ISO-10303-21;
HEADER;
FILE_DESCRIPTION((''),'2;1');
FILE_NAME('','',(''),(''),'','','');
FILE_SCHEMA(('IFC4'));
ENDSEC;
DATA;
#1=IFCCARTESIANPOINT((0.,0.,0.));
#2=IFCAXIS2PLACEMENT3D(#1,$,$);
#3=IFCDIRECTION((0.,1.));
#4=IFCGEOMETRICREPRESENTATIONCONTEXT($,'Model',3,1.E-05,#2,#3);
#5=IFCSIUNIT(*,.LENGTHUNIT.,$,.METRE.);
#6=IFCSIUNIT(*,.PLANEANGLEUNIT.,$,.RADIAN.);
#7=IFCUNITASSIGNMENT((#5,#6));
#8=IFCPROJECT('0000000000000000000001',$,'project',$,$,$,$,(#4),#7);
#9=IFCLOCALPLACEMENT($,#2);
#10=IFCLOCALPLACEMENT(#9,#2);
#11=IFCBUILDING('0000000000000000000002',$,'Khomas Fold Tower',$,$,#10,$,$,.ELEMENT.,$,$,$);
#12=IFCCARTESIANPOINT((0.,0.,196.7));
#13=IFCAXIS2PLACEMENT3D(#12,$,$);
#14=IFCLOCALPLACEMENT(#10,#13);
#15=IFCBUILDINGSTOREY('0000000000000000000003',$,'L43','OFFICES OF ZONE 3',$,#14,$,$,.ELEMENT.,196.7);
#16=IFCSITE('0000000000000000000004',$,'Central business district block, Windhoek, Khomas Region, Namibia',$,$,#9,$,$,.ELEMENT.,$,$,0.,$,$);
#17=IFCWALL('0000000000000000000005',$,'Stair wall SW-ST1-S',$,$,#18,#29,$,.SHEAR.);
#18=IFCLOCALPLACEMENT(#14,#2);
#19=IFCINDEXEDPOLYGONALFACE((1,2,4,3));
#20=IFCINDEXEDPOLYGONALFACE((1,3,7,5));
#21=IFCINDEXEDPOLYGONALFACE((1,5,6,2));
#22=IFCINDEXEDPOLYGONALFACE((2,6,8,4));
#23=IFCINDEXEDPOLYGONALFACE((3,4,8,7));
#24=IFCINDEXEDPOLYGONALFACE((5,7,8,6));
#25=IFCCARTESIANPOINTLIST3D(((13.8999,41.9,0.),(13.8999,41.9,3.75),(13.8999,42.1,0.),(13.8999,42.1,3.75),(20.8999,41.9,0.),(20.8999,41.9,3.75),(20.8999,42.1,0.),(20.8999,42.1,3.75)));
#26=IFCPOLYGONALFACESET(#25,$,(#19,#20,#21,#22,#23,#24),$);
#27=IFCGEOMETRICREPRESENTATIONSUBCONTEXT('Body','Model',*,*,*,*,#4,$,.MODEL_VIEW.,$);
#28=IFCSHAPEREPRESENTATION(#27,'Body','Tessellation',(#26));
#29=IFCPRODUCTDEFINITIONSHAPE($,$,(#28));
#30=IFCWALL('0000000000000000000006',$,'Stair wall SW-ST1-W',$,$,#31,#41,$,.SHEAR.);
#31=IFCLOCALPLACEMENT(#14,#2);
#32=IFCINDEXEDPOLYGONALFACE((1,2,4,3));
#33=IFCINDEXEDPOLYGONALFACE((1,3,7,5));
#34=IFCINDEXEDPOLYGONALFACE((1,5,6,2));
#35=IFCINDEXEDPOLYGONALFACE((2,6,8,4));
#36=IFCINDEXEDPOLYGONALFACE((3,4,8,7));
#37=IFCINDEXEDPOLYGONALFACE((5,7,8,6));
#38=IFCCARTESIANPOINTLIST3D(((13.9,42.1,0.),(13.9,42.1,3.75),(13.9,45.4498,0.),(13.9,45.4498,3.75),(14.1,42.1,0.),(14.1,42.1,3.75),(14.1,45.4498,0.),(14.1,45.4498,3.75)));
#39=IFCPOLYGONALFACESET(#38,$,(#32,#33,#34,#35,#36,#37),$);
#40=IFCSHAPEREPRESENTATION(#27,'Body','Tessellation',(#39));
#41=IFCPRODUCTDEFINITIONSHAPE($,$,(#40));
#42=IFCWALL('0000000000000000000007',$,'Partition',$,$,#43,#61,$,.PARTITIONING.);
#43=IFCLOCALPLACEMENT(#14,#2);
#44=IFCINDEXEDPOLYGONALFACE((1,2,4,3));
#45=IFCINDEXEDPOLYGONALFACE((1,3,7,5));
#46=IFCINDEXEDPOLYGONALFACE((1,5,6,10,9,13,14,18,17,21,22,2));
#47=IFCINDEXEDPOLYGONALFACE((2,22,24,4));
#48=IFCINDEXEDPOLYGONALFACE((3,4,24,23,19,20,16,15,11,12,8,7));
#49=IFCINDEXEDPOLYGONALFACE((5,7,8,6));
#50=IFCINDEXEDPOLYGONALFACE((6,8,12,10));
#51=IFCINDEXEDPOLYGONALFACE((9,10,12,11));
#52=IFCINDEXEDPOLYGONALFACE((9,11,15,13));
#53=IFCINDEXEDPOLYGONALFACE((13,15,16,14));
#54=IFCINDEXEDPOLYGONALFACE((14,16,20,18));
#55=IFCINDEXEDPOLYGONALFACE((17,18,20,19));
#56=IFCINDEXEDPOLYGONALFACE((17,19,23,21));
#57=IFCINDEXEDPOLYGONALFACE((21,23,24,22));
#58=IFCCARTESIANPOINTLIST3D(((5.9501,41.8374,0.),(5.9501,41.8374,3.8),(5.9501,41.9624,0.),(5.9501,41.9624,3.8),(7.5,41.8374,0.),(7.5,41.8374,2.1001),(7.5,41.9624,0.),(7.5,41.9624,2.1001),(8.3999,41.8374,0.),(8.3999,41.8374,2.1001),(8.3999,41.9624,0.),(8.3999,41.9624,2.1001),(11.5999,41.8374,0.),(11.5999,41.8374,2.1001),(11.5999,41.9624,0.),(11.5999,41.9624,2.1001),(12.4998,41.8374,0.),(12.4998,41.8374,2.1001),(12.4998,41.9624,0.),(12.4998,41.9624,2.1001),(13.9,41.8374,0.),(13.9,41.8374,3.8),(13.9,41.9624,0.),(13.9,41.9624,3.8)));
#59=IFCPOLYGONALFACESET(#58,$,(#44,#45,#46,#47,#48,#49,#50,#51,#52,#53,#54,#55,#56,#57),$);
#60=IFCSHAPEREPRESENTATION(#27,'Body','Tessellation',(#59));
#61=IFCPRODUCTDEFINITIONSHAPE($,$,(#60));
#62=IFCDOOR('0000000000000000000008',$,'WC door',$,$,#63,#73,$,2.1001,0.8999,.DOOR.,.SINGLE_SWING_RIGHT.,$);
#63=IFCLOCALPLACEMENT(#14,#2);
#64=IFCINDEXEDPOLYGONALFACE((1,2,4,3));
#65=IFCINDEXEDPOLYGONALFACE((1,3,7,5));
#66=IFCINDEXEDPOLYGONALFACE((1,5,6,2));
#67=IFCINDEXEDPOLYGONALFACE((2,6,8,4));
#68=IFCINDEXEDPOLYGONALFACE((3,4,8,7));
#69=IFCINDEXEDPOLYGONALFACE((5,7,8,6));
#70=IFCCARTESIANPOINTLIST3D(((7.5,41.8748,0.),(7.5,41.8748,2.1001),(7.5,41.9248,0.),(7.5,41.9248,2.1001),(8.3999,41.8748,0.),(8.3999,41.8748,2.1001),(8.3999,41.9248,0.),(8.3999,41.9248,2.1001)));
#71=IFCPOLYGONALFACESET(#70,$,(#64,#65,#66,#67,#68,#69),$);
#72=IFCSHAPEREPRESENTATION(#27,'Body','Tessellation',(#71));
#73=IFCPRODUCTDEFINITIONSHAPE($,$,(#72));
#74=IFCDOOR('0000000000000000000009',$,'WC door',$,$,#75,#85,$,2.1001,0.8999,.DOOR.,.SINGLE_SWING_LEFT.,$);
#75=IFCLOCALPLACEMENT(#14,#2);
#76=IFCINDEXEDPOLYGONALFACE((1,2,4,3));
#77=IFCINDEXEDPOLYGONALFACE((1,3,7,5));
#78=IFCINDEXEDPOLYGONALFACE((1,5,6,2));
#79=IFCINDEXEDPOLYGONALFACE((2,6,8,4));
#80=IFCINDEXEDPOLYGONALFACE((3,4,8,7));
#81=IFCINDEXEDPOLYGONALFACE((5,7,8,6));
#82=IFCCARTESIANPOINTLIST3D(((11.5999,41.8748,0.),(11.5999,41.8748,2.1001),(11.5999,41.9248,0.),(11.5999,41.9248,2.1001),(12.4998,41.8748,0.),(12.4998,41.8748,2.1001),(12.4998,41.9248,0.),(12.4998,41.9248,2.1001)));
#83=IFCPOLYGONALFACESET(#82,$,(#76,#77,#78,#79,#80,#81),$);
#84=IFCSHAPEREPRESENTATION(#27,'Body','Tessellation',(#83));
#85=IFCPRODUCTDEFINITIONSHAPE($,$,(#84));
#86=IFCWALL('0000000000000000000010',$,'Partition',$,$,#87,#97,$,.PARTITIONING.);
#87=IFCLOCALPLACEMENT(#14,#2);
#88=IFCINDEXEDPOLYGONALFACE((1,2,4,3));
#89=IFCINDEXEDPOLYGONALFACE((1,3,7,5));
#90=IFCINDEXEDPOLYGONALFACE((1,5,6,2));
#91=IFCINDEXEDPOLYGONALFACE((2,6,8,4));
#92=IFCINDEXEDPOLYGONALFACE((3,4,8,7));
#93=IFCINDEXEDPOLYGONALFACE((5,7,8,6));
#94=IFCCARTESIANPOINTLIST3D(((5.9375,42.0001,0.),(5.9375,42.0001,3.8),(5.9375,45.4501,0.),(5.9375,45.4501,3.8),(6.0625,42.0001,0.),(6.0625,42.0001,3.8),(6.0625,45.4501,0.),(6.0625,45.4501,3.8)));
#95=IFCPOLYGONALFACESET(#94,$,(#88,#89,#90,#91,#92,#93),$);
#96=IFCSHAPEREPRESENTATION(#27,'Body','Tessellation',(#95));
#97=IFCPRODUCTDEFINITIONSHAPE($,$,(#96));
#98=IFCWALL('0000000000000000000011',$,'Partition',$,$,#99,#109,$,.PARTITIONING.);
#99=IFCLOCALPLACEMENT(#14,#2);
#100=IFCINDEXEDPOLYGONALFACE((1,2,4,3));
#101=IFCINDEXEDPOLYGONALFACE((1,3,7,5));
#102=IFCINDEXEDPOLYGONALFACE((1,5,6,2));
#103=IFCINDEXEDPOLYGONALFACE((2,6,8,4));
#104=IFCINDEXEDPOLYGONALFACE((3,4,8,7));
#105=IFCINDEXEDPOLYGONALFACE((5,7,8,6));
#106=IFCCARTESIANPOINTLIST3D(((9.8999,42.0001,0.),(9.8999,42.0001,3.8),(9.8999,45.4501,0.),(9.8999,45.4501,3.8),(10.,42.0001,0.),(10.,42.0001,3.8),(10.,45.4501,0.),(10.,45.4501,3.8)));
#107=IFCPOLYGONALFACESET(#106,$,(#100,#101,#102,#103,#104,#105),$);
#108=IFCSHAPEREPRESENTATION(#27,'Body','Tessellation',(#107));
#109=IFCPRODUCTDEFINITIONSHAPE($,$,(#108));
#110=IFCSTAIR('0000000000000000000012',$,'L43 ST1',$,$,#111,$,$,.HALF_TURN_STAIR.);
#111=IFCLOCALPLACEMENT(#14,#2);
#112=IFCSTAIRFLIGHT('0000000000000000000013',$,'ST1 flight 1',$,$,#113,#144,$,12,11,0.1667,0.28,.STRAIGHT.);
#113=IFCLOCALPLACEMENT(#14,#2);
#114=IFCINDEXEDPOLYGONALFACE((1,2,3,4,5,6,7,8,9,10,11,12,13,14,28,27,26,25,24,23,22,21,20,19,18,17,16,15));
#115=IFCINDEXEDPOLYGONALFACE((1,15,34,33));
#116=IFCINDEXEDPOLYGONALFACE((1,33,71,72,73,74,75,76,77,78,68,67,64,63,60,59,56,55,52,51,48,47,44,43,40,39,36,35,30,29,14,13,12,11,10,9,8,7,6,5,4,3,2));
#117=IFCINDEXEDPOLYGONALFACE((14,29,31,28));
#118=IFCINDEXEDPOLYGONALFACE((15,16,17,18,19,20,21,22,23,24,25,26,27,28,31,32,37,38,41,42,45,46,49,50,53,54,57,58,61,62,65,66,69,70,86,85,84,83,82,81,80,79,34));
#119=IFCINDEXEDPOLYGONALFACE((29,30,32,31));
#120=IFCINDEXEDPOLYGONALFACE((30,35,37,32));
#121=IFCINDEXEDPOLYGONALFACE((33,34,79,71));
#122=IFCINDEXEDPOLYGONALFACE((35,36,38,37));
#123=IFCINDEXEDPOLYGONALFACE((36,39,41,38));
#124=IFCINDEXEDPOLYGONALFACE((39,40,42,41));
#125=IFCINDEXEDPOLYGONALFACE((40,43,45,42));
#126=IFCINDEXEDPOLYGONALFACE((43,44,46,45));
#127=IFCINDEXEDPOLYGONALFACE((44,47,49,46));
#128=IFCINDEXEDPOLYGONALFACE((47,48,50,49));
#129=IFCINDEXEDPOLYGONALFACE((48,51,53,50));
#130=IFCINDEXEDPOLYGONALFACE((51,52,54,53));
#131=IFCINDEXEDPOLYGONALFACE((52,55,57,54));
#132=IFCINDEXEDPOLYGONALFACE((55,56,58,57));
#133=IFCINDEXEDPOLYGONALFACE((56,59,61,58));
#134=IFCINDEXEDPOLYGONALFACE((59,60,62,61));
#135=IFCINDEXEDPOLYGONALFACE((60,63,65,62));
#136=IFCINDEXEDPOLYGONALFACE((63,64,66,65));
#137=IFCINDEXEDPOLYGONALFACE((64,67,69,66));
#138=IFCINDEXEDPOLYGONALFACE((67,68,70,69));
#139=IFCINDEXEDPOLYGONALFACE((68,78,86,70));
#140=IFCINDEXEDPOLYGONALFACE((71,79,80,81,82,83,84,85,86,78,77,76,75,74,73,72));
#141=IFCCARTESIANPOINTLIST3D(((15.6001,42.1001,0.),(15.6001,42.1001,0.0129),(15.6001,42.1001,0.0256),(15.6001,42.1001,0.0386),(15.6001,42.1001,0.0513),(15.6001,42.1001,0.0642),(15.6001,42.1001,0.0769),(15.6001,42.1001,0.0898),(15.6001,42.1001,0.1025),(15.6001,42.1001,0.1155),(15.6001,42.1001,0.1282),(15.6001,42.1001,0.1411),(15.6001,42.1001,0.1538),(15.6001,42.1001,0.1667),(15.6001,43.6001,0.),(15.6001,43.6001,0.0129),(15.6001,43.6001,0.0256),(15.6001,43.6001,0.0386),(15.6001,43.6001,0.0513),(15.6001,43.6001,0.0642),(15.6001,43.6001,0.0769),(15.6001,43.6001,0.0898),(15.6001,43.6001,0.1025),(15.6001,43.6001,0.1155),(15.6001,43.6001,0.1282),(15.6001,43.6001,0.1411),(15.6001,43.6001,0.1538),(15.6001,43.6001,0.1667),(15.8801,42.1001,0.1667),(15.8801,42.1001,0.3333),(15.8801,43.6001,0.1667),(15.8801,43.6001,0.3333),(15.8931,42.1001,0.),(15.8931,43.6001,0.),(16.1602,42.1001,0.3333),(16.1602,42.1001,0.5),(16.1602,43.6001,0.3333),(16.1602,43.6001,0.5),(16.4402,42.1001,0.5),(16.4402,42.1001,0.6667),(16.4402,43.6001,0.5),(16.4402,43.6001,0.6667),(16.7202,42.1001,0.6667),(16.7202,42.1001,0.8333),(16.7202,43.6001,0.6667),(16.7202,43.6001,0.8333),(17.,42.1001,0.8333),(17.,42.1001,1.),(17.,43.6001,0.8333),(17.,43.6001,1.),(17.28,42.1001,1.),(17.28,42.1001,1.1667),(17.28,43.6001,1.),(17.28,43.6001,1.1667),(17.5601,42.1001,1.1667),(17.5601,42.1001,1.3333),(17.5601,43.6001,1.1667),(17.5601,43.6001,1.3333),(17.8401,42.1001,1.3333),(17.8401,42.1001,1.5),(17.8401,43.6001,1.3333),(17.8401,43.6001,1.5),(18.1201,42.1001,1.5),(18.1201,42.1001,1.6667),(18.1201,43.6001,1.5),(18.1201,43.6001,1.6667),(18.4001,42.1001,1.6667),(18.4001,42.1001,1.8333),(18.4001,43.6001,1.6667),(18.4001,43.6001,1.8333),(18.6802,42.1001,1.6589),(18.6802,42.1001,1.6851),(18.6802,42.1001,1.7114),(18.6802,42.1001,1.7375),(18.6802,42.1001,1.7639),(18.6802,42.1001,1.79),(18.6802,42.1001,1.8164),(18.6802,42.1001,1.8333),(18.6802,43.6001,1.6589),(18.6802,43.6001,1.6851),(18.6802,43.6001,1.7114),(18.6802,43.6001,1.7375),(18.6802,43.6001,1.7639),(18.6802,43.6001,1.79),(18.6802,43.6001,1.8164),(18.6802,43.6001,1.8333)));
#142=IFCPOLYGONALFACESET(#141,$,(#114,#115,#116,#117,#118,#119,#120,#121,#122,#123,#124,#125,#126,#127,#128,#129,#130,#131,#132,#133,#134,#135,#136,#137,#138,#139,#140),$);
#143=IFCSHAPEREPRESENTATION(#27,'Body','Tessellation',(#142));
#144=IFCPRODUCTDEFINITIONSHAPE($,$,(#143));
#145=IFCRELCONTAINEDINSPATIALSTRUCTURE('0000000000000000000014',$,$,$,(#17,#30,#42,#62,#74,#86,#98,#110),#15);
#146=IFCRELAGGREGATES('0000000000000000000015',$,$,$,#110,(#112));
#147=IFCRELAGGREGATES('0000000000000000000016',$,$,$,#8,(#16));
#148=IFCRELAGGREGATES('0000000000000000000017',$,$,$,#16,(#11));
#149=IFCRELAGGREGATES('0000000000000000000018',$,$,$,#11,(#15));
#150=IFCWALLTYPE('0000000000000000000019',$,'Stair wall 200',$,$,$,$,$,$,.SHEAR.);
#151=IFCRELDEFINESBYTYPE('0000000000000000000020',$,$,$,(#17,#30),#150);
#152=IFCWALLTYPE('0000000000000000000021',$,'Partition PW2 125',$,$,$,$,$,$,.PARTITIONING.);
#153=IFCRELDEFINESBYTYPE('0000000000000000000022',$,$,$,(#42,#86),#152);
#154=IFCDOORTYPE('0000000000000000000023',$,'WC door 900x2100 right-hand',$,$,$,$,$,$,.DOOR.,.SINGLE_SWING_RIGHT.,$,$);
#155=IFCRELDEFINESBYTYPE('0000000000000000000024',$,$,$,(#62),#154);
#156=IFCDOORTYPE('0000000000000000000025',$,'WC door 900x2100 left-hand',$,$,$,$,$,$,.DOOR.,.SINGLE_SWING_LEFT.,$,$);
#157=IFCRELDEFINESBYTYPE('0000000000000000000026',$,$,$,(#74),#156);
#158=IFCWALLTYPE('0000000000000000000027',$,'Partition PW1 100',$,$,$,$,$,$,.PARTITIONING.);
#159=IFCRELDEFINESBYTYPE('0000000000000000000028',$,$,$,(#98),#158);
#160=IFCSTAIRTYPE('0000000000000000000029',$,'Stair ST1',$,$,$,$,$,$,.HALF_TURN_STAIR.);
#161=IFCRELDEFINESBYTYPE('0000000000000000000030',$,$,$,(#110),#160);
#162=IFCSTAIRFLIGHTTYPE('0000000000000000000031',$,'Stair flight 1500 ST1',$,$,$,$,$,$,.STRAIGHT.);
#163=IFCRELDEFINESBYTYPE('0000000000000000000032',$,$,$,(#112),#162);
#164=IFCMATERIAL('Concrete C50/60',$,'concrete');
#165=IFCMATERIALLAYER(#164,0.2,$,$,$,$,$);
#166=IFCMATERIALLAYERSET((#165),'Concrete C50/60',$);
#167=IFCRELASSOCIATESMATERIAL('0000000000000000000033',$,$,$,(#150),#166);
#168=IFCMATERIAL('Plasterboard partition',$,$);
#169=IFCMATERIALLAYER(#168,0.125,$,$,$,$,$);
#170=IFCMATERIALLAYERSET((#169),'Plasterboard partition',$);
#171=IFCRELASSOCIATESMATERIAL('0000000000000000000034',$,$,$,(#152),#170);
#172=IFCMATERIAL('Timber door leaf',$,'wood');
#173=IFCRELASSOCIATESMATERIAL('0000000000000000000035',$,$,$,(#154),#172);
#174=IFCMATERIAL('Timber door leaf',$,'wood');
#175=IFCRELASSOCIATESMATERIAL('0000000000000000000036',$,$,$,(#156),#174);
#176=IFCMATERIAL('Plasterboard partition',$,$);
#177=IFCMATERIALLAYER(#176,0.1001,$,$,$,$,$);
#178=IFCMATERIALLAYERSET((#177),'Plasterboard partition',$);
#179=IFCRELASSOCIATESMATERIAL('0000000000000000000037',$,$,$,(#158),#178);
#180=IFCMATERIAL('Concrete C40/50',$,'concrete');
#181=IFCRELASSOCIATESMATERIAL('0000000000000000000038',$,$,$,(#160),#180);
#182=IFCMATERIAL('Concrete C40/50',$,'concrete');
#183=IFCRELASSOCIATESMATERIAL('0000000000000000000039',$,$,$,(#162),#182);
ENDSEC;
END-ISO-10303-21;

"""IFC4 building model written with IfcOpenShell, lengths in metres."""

from ifc_helpers import new_model, si_unit, direction, frame, frame_2d, origin, place, context, subcontext, project, spatial, polyline, rectangle, outline, extrude, source, transform, mapped, material, layer, layer_set, type_object, element, fill, aggregate, save


model = new_model("IFC4")

# Units and contexts
model_context = context("Model", 3, precision=1e-05, world=origin(), true_north=direction((0.0, 1.0)))
body_context = subcontext(model_context, "Body", "Model", "MODEL_VIEW")
ifc_project = project(units=[si_unit("LENGTHUNIT", "METRE"), si_unit("PLANEANGLEUNIT", "RADIAN")], contexts=[model_context])

# Site, building, storey
site_placement = place(None, origin())
site = spatial("IfcSite", under=ifc_project, at=site_placement, Name="Central business district block, Windhoek, Khomas Region, Namibia", CompositionType="ELEMENT", RefElevation=0.0)
building_placement = place(site_placement, origin())
building = spatial("IfcBuilding", under=site, at=building_placement, Name="Khomas Fold Tower", CompositionType="ELEMENT")
storey_placement = place(building_placement, frame((0.0, 0.0, 196.7)))
storey = spatial("IfcBuildingStorey", under=building, at=storey_placement, Name="L43", Description="OFFICES OF ZONE 3", CompositionType="ELEMENT", Elevation=196.7)

# Walls
ifc_material_1 = material(Name="Concrete C50/60", Category="concrete")
ifc_layer_1 = layer(ifc_material_1, 0.2)
ifc_layer_set_1 = layer_set([ifc_layer_1], Name="Concrete C50/60")
wall_type_1 = type_object("IfcWallType", Name="Stair wall 200", PredefinedType="SHEAR", material=ifc_layer_set_1)
shared_shape_1 = source(origin(), body_context, "Body", "SweptSolid", [
    extrude(rectangle(XDim=7.0, YDim=0.2, at=frame_2d((3.5, 0.0))), origin(), (0.0, 0.0, 1.0), 3.75),
])
wall_1_placement = place(storey_placement, frame((13.8999, 42.0, 0.0), z_axis=(0.0, 0.0, 1.0), x_axis=(1.0, 0.0, 0.0)))
element("IfcWall", 1, at=wall_1_placement, inside=storey, type_object=wall_type_1, Name="Stair wall SW-ST1-S", PredefinedType="SHEAR", context=body_context, shape_type="MappedRepresentation", body=[
    mapped(shared_shape_1, transform((0.0, 0.0, 0.0))),
])
shared_shape_2 = source(origin(), body_context, "Body", "SweptSolid", [
    extrude(rectangle(XDim=3.3499, YDim=0.2, at=frame_2d((1.6748, 0.0))), origin(), (0.0, 0.0, 1.0), 3.75),
])
wall_2_placement = place(storey_placement, frame((14.0, 42.1001, 0.0), z_axis=(0.0, 0.0, 1.0), x_axis=(0.0, 1.0, 0.0)))
element("IfcWall", 2, at=wall_2_placement, inside=storey, type_object=wall_type_1, Name="Stair wall SW-ST1-W", PredefinedType="SHEAR", context=body_context, shape_type="MappedRepresentation", body=[
    mapped(shared_shape_2, transform((0.0, 0.0, 0.0))),
])

# Wall, openings, doors
ifc_material_2 = material(Name="Plasterboard partition")
ifc_layer_2 = layer(ifc_material_2, 0.125)
ifc_layer_set_2 = layer_set([ifc_layer_2], Name="Plasterboard partition")
wall_type_2 = type_object("IfcWallType", Name="Partition PW2 125", PredefinedType="PARTITIONING", material=ifc_layer_set_2)
shared_shape_3 = source(origin(), body_context, "Body", "SweptSolid", [
    extrude(rectangle(XDim=7.95, YDim=0.125, at=frame_2d((3.9751, 0.0))), origin(), (0.0, 0.0, 1.0), 3.8),
])
wall_3_placement = place(storey_placement, frame((5.95, 41.8999, 0.0), z_axis=(0.0, 0.0, 1.0), x_axis=(1.0, 0.0, 0.0)))
wall_3 = element("IfcWall", 3, at=wall_3_placement, inside=storey, type_object=wall_type_2, Name="Partition", PredefinedType="PARTITIONING", context=body_context, shape_type="MappedRepresentation", body=[
    mapped(shared_shape_3, transform((0.0, 0.0, 0.0))),
])
shared_shape_4 = source(origin(), body_context, "Body", "SweptSolid", [
    extrude(rectangle(XDim=0.8999, YDim=2.1001, at=frame_2d((0.45, 1.05))), frame((0.0, 0.0725, 0.0), z_axis=(0.0, -1.0, 0.0), x_axis=(1.0, 0.0, 0.0)), (0.0, 0.0, 1.0), 0.145),
])
opening_1_placement = place(wall_3_placement, frame((1.55, 0.0, 0.0)))
opening_1 = element("IfcOpeningElement", 4, at=opening_1_placement, cuts=wall_3, PredefinedType="OPENING", context=body_context, shape_type="MappedRepresentation", body=[
    mapped(shared_shape_4, transform((0.0, 0.0, 0.0))),
])
opening_2_placement = place(wall_3_placement, frame((5.6499, 0.0, 0.0)))
opening_2 = element("IfcOpeningElement", 5, at=opening_2_placement, cuts=wall_3, PredefinedType="OPENING", context=body_context, shape_type="MappedRepresentation", body=[
    mapped(shared_shape_4, transform((0.0, 0.0, 0.0))),
])
ifc_material_3 = material(Name="Timber door leaf", Category="wood")
door_type_1 = type_object("IfcDoorType", Name="WC door 900x2100 right-hand", OperationType="SINGLE_SWING_RIGHT", PredefinedType="DOOR", material=ifc_material_3)
shared_shape_5 = source(origin(), body_context, "Body", "SweptSolid", [
    extrude(rectangle(XDim=0.8999, YDim=2.1001, at=frame_2d((0.45, 1.05))), frame((0.0, 0.0249, 0.0), z_axis=(0.0, -1.0, 0.0), x_axis=(1.0, 0.0, 0.0)), (0.0, 0.0, 1.0), 0.05),
])
door_1_placement = place(opening_1_placement, origin())
door_1 = element("IfcDoor", 6, at=door_1_placement, inside=storey, type_object=door_type_1, Name="WC door", OperationType="SINGLE_SWING_RIGHT", OverallHeight=2.1001, OverallWidth=0.8999, PredefinedType="DOOR", context=body_context, shape_type="MappedRepresentation", body=[
    mapped(shared_shape_5, transform((0.0, 0.0, 0.0))),
])
fill(opening_1, door_1)
ifc_material_4 = material(Name="Timber door leaf", Category="wood")
door_type_2 = type_object("IfcDoorType", Name="WC door 900x2100 left-hand", OperationType="SINGLE_SWING_LEFT", PredefinedType="DOOR", material=ifc_material_4)
door_2_placement = place(opening_2_placement, origin())
door_2 = element("IfcDoor", 7, at=door_2_placement, inside=storey, type_object=door_type_2, Name="WC door", OperationType="SINGLE_SWING_LEFT", OverallHeight=2.1001, OverallWidth=0.8999, PredefinedType="DOOR", context=body_context, shape_type="MappedRepresentation", body=[
    mapped(shared_shape_5, transform((0.0, 0.0, 0.0))),
])
fill(opening_2, door_2)

# Walls
shared_shape_6 = source(origin(), body_context, "Body", "SweptSolid", [
    extrude(rectangle(XDim=3.45, YDim=0.125, at=frame_2d((1.7251, 0.0))), origin(), (0.0, 0.0, 1.0), 3.8),
])
wall_4_placement = place(storey_placement, frame((6.0, 42.0, 0.0), z_axis=(0.0, 0.0, 1.0), x_axis=(0.0, 1.0, 0.0)))
element("IfcWall", 8, at=wall_4_placement, inside=storey, type_object=wall_type_2, Name="Partition", PredefinedType="PARTITIONING", context=body_context, shape_type="MappedRepresentation", body=[
    mapped(shared_shape_6, transform((0.0, 0.0, 0.0))),
])
ifc_material_5 = material(Name="Plasterboard partition")
ifc_layer_3 = layer(ifc_material_5, 0.1001)
ifc_layer_set_3 = layer_set([ifc_layer_3], Name="Plasterboard partition")
wall_type_3 = type_object("IfcWallType", Name="Partition PW1 100", PredefinedType="PARTITIONING", material=ifc_layer_set_3)
shared_shape_7 = source(origin(), body_context, "Body", "SweptSolid", [
    extrude(rectangle(XDim=3.45, YDim=0.1001, at=frame_2d((1.7251, 0.0))), origin(), (0.0, 0.0, 1.0), 3.8),
])
wall_5_placement = place(storey_placement, frame((9.95, 42.0, 0.0), z_axis=(0.0, 0.0, 1.0), x_axis=(0.0, 1.0, 0.0)))
element("IfcWall", 9, at=wall_5_placement, inside=storey, type_object=wall_type_3, Name="Partition", PredefinedType="PARTITIONING", context=body_context, shape_type="MappedRepresentation", body=[
    mapped(shared_shape_7, transform((0.0, 0.0, 0.0))),
])

# Stair, stair flight
ifc_material_6 = material(Name="Concrete C40/50", Category="concrete")
stair_type = type_object("IfcStairType", Name="Stair ST1", PredefinedType="HALF_TURN_STAIR", material=ifc_material_6)
stair_placement = place(storey_placement, origin())
stair = element("IfcStair", 10, at=stair_placement, inside=storey, type_object=stair_type, Name="L43 ST1", PredefinedType="HALF_TURN_STAIR")
ifc_material_7 = material(Name="Concrete C40/50", Category="concrete")
stair_flight_type = type_object("IfcStairFlightType", Name="Stair flight 1500 ST1", PredefinedType="STRAIGHT", material=ifc_material_7)
shared_shape_8 = source(origin(), body_context, "Body", "SweptSolid", [
    extrude(outline(polyline([(0.0, 0.0), (0.0, 0.0129), (0.0, 0.0256), (0.0, 0.0386), (0.0, 0.0513), (0.0, 0.0642), (0.0, 0.0769), (0.0, 0.0898), (0.0, 0.1025), (0.0, 0.1155), (0.0, 0.1282), (0.0, 0.1411), (0.0, 0.1538), (0.0, 0.1667), (0.28, 0.1667), (0.28, 0.3333), (0.5601, 0.3333), (0.5601, 0.5), (0.8401, 0.5), (0.8401, 0.6667), (1.1201, 0.6667), (1.1201, 0.8333), (1.3999, 0.8333), (1.3999, 1.0), (1.6799, 1.0), (1.6799, 1.1667), (1.96, 1.1667), (1.96, 1.3333), (2.24, 1.3333), (2.24, 1.5), (2.52, 1.5), (2.52, 1.6667), (2.8, 1.6667), (2.8, 1.8333), (3.0801, 1.8333), (3.0801, 2.0), (3.0801, 1.9739), (3.0801, 1.9475), (3.0801, 1.9214), (3.0801, 1.895), (3.0801, 1.8689), (3.0801, 1.8425), (3.0801, 1.8164), (3.0801, 1.79), (3.0801, 1.7639), (3.0801, 1.7375), (3.0801, 1.7114), (3.0801, 1.6851), (3.0801, 1.6589), (0.293, 0.0), (0.0, 0.0)])), frame((0.0, 0.75, 0.0), z_axis=(0.0, -1.0, 0.0), x_axis=(1.0, 0.0, 0.0)), (0.0, 0.0, 1.0), 1.5),
])
stair_flight_1_placement = place(storey_placement, frame((15.6001, 42.8501, 0.0), z_axis=(0.0, 0.0, 1.0), x_axis=(1.0, 0.0, 0.0)))
stair_flight_1 = element("IfcStairFlight", 11, at=stair_flight_1_placement, type_object=stair_flight_type, Name="ST1 flight 1", NumberOfRisers=12, NumberOfTreads=11, PredefinedType="STRAIGHT", RiserHeight=0.1667, TreadLength=0.28, context=body_context, shape_type="MappedRepresentation", body=[
    mapped(shared_shape_8, transform((0.0, 0.0, 0.0))),
])
aggregate(stair, [stair_flight_1])

save(model, "model.ifc")
